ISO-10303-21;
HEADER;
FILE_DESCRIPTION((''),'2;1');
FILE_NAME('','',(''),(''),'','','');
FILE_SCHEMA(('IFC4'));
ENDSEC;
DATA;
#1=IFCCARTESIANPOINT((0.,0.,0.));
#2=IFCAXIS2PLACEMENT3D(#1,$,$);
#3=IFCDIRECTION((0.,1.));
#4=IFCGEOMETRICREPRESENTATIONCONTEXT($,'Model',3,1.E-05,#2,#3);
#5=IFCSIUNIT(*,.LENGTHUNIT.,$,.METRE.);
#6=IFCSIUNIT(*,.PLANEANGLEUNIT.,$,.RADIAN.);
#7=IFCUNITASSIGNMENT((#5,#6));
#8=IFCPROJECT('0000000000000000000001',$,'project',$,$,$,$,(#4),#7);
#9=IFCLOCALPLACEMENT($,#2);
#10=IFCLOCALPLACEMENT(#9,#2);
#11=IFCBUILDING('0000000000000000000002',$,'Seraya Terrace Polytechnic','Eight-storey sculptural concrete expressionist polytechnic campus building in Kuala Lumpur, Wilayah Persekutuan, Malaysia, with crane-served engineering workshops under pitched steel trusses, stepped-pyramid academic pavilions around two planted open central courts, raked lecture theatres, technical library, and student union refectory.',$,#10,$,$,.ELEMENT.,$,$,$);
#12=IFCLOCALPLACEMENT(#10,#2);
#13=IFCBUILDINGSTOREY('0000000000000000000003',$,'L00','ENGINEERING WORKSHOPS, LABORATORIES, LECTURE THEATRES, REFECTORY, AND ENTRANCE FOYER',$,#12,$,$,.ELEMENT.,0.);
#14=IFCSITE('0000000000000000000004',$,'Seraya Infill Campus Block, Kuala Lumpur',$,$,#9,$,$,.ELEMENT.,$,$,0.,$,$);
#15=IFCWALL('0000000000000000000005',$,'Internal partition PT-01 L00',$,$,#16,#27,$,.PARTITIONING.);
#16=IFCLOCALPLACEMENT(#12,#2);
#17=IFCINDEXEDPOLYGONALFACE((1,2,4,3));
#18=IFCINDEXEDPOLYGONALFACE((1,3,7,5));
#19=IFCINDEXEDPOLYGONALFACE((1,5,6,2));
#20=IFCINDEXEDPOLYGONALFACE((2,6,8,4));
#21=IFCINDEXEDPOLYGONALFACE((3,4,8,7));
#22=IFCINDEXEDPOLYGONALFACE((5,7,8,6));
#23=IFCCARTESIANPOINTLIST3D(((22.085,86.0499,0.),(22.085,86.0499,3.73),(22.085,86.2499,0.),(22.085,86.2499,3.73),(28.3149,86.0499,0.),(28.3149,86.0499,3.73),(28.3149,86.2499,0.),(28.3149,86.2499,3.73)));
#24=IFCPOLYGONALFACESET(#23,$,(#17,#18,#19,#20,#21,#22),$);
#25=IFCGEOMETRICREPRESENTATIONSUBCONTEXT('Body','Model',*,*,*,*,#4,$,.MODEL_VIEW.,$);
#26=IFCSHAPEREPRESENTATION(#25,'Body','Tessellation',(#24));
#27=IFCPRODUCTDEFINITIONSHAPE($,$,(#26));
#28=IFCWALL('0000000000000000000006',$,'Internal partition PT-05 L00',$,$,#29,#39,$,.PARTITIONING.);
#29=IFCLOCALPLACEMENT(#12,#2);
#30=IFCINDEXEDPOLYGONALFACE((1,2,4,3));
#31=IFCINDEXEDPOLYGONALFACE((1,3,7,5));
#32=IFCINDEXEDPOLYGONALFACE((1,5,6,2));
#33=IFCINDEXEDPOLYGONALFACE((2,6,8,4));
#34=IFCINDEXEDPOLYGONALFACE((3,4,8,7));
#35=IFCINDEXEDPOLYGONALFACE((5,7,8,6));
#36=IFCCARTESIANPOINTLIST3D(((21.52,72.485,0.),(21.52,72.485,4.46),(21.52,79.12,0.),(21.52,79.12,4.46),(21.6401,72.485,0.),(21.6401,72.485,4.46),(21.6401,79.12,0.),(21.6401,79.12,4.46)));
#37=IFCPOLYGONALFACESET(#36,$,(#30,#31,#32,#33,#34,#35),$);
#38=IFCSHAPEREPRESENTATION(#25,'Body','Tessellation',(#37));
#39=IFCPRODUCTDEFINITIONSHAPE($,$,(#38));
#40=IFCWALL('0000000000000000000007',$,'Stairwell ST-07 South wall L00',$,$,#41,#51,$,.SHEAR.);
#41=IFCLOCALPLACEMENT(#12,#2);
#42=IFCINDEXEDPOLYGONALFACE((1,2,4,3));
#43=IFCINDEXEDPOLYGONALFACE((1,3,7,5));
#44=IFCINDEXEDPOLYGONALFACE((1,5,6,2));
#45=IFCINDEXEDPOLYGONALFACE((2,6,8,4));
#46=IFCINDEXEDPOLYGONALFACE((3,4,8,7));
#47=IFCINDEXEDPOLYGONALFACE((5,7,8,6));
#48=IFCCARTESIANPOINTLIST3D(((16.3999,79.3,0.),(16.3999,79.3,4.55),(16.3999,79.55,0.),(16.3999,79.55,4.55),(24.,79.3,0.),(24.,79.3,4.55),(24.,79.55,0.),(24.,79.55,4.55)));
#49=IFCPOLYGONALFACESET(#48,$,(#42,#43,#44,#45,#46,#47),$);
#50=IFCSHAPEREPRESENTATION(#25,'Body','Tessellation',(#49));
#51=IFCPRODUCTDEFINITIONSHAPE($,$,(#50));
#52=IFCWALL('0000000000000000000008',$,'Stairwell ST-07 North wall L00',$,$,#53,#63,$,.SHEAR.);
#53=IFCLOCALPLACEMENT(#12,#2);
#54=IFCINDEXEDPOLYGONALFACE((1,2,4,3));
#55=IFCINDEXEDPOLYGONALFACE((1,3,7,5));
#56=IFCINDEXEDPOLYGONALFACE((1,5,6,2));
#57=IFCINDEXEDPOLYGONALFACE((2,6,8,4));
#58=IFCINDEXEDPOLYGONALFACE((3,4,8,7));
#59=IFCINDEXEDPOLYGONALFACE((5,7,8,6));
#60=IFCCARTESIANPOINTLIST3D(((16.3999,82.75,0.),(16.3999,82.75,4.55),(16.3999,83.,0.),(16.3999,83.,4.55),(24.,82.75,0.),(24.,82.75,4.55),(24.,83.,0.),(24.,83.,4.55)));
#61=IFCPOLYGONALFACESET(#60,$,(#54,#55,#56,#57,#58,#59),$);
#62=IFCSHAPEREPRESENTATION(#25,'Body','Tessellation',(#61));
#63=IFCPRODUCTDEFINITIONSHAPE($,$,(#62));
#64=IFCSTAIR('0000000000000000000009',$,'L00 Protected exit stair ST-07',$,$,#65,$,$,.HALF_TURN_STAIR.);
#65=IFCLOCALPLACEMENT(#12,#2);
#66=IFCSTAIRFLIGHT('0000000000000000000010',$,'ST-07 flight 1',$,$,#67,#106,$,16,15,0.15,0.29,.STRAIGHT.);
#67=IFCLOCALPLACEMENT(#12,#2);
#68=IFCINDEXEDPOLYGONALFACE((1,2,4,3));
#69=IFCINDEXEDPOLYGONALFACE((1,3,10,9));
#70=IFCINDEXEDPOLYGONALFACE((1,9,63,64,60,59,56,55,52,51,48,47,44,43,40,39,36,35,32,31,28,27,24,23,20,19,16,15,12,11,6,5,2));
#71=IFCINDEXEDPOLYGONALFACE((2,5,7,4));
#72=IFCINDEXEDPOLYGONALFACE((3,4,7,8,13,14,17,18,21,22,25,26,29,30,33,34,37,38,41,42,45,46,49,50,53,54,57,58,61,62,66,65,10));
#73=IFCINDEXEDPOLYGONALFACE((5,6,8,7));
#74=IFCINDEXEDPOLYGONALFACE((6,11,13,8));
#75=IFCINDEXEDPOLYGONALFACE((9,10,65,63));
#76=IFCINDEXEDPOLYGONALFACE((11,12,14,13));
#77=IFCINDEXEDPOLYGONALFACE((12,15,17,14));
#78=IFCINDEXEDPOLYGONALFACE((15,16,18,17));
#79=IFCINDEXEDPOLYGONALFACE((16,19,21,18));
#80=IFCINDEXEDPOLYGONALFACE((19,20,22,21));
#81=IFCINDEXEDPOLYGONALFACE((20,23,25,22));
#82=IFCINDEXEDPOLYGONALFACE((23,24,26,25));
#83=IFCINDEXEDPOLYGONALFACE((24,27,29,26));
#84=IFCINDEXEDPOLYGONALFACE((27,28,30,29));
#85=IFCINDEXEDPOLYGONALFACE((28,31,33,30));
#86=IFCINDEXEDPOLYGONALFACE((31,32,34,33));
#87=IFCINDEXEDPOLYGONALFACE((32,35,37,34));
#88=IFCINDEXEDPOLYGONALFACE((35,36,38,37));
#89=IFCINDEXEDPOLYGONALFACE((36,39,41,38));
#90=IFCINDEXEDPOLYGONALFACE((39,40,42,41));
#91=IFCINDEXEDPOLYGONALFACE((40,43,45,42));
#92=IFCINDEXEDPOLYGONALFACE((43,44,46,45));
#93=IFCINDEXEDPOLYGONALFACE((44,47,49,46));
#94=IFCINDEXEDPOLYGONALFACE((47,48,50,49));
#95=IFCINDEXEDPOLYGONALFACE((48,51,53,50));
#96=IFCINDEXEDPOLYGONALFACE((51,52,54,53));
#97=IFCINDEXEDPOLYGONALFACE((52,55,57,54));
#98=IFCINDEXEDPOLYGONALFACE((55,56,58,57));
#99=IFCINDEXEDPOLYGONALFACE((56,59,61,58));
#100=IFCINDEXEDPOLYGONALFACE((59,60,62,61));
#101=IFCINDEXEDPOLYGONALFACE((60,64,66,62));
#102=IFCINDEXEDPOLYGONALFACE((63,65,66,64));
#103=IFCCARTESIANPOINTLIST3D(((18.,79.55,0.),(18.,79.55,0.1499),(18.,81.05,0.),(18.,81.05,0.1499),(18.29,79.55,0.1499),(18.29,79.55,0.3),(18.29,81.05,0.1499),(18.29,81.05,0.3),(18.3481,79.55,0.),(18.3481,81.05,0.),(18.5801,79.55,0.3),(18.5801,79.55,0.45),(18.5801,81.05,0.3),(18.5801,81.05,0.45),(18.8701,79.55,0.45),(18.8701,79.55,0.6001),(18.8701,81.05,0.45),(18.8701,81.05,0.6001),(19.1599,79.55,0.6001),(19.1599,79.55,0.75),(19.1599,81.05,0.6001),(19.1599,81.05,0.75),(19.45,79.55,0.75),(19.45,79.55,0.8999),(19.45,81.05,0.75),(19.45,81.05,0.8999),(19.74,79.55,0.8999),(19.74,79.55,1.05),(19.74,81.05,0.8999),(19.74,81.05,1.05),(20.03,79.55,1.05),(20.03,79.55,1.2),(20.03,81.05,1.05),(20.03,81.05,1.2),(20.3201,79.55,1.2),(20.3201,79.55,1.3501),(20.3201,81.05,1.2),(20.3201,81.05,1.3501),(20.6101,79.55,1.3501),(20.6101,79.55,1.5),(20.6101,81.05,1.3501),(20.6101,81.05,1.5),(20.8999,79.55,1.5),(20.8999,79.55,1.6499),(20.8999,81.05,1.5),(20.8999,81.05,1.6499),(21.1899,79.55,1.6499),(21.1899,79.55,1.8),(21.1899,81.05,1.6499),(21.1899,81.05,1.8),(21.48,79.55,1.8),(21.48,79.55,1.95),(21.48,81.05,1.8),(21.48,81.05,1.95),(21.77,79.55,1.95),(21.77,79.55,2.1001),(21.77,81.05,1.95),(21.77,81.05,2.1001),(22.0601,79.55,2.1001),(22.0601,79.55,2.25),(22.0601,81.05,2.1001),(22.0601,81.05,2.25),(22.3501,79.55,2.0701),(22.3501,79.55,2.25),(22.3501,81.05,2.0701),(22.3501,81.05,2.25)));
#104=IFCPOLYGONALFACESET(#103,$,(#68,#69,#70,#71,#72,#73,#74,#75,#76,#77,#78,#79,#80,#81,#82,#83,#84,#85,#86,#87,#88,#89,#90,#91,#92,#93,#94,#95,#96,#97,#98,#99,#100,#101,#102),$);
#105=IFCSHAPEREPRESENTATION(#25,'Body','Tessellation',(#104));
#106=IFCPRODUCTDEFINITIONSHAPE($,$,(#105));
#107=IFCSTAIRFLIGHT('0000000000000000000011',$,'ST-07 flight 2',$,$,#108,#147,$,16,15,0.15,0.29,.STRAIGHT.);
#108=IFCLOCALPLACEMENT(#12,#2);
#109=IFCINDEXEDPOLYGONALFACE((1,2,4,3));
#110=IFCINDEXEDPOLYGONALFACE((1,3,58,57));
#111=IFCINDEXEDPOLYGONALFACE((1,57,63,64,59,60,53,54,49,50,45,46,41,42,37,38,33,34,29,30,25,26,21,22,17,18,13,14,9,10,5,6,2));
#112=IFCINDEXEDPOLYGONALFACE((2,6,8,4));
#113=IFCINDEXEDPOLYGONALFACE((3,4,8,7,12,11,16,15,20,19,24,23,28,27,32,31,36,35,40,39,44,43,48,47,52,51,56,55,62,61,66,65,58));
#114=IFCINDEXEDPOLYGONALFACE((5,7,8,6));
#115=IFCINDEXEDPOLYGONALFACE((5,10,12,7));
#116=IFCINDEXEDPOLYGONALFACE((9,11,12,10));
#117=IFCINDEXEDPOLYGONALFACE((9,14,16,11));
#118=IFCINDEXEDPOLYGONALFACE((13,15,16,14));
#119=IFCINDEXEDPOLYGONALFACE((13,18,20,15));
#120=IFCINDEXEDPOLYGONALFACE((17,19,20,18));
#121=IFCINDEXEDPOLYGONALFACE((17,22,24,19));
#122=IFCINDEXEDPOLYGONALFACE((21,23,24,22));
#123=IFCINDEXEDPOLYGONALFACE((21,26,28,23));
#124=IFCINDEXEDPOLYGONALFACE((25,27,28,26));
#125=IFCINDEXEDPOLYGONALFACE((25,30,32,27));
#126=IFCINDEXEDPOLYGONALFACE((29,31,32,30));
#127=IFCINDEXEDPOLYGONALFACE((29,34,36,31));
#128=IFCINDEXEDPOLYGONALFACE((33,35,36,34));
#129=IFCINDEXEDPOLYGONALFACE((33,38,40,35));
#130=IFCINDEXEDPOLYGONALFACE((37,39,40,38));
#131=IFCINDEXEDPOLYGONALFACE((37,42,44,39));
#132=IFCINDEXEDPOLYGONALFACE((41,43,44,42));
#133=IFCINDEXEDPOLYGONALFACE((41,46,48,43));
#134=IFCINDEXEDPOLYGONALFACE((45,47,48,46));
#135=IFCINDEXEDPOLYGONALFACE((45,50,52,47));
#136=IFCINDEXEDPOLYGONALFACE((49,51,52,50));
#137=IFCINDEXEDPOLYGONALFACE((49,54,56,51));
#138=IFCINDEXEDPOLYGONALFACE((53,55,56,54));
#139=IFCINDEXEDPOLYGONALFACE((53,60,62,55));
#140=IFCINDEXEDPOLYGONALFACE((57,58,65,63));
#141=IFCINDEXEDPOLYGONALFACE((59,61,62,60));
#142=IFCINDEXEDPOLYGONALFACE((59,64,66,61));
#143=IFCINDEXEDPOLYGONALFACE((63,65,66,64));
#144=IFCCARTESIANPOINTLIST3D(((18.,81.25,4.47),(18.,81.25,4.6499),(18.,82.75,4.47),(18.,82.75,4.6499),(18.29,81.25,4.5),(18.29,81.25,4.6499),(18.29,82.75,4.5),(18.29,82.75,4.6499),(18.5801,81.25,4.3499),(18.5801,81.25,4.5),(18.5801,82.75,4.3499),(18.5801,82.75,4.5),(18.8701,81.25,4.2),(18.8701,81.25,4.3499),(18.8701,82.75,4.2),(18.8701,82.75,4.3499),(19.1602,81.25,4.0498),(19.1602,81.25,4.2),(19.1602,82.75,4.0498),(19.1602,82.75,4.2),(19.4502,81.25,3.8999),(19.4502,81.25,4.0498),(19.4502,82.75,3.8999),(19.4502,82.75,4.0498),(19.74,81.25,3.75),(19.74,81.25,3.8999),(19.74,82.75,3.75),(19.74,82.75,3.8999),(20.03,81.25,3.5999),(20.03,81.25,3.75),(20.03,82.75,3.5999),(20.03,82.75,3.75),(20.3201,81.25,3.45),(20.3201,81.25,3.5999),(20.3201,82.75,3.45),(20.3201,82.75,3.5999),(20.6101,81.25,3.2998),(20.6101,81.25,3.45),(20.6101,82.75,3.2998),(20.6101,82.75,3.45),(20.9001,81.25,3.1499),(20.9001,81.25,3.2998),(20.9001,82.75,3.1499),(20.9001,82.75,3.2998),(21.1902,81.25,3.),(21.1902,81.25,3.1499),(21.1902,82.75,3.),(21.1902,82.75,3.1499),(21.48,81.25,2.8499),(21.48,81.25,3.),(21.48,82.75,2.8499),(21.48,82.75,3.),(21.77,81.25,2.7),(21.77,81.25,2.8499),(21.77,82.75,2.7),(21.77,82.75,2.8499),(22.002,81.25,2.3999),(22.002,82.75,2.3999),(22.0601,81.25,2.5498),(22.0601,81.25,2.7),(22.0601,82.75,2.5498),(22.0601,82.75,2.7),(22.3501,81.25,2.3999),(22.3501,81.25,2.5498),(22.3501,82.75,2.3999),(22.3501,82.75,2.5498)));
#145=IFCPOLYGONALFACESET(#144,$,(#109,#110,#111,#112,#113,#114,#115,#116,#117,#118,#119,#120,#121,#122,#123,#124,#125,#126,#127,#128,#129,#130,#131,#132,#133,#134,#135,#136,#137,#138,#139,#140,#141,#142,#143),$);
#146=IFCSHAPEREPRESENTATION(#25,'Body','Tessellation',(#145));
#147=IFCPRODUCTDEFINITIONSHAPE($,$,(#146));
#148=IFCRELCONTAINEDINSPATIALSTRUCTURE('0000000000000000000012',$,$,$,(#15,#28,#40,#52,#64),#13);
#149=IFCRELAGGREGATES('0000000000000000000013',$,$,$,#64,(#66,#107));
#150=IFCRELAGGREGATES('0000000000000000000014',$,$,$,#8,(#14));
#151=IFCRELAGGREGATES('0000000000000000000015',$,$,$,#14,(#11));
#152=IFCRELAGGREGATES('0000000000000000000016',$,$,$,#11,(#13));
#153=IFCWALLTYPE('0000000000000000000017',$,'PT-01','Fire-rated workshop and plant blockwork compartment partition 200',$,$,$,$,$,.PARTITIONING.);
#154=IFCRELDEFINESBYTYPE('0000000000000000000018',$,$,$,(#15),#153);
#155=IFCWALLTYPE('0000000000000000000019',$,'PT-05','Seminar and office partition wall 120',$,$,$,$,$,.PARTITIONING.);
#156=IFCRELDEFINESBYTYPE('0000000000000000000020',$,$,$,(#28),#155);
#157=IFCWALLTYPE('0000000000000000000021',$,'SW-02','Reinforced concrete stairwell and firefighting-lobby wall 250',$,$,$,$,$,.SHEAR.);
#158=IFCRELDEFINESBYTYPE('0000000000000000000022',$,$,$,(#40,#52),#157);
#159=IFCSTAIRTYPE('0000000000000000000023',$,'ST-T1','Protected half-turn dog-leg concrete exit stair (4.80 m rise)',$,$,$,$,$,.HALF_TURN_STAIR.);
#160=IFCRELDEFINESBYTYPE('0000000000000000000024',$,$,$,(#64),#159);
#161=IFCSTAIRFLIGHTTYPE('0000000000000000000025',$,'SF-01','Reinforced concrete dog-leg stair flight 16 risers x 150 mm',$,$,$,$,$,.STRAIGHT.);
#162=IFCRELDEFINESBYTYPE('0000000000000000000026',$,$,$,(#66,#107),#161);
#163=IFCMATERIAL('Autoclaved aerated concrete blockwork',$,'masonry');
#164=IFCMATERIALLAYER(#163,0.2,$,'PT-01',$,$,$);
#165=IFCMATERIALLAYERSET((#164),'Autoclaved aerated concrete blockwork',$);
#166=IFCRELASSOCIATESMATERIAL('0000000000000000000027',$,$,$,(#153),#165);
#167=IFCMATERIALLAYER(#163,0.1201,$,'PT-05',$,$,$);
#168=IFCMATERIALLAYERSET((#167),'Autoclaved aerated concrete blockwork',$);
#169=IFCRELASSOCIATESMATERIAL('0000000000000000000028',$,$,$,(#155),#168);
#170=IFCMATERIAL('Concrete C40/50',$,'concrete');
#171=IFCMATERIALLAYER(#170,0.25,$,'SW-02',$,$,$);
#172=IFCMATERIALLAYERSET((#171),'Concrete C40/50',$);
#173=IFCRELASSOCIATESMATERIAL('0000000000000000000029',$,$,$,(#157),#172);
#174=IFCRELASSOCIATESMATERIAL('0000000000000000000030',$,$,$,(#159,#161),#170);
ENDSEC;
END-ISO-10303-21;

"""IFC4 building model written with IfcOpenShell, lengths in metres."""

from ifc_helpers import new_model, si_unit, direction, frame, frame_2d, origin, place, context, subcontext, project, spatial, polyline, rectangle, outline, extrude, material, layer, layer_set, type_object, element, aggregate, save


model = new_model("IFC4")

# Units and contexts
model_context = context("Model", 3, precision=1e-05, world=origin(), true_north=direction((0.0, 1.0)))
body_context = subcontext(model_context, "Body", "Model", "MODEL_VIEW")
ifc_project = project(units=[si_unit("LENGTHUNIT", "METRE"), si_unit("PLANEANGLEUNIT", "RADIAN")], contexts=[model_context])

# Site, building, storey
site_placement = place(None, origin())
site = spatial("IfcSite", under=ifc_project, at=site_placement, Name="Seraya Infill Campus Block, Kuala Lumpur", CompositionType="ELEMENT", RefElevation=0.0)
building_placement = place(site_placement, origin())
building = spatial("IfcBuilding", under=site, at=building_placement, Name="Seraya Terrace Polytechnic", Description="Eight-storey sculptural concrete expressionist polytechnic campus building in Kuala Lumpur, Wilayah Persekutuan, Malaysia, with crane-served engineering workshops under pitched steel trusses, stepped-pyramid academic pavilions around two planted open central courts, raked lecture theatres, technical library, and student union refectory.", CompositionType="ELEMENT")
storey_placement = place(building_placement, origin())
storey = spatial("IfcBuildingStorey", under=building, at=storey_placement, Name="L00", Description="ENGINEERING WORKSHOPS, LABORATORIES, LECTURE THEATRES, REFECTORY, AND ENTRANCE FOYER", CompositionType="ELEMENT", Elevation=0.0)

# Shared definitions
ifc_material_1 = material(Name="Concrete C40/50", Category="concrete")

# Walls
ifc_material_2 = material(Name="Autoclaved aerated concrete blockwork", Category="masonry")
ifc_layer_1 = layer(ifc_material_2, 0.2, Name="PT-01")
ifc_layer_set_1 = layer_set([ifc_layer_1], Name="Autoclaved aerated concrete blockwork")
wall_type_1 = type_object("IfcWallType", Name="PT-01", Description="Fire-rated workshop and plant blockwork compartment partition 200", PredefinedType="PARTITIONING", material=ifc_layer_set_1)
wall_1_placement = place(storey_placement, frame((22.085, 86.1499, 0.0), z_axis=(0.0, 0.0, 1.0), x_axis=(1.0, 0.0, 0.0)))
element("IfcWall", 1, at=wall_1_placement, inside=storey, type_object=wall_type_1, Name="Internal partition PT-01 L00", PredefinedType="PARTITIONING", context=body_context, shape_type="SweptSolid", body=[
    extrude(rectangle(XDim=6.23, YDim=0.2, at=frame_2d((3.115, 0.0))), origin(), (0.0, 0.0, 1.0), 3.73),
])
ifc_layer_2 = layer(ifc_material_2, 0.1201, Name="PT-05")
ifc_layer_set_2 = layer_set([ifc_layer_2], Name="Autoclaved aerated concrete blockwork")
wall_type_2 = type_object("IfcWallType", Name="PT-05", Description="Seminar and office partition wall 120", PredefinedType="PARTITIONING", material=ifc_layer_set_2)
wall_2_placement = place(storey_placement, frame((21.5801, 72.4851, 0.0), z_axis=(0.0, 0.0, 1.0), x_axis=(0.0, 1.0, 0.0)))
element("IfcWall", 2, at=wall_2_placement, inside=storey, type_object=wall_type_2, Name="Internal partition PT-05 L00", PredefinedType="PARTITIONING", context=body_context, shape_type="SweptSolid", body=[
    extrude(rectangle(XDim=6.635, YDim=0.1201, at=frame_2d((3.3174, 0.0))), origin(), (0.0, 0.0, 1.0), 4.46),
])

# Shared definitions
ifc_layer_3 = layer(ifc_material_1, 0.25, Name="SW-02")
ifc_layer_set_3 = layer_set([ifc_layer_3], Name="Concrete C40/50")
wall_type_3 = type_object("IfcWallType", Name="SW-02", Description="Reinforced concrete stairwell and firefighting-lobby wall 250", PredefinedType="SHEAR", material=ifc_layer_set_3)

# Walls
for number, where, z_axis, x_axis, name in (
    (3, (16.3999, 79.425, 0.0), (0.0, 0.0, 1.0), (1.0, 0.0, 0.0), "Stairwell ST-07 South wall L00"),
    (4, (16.3999, 82.875, 0.0), (0.0, 0.0, 1.0), (1.0, 0.0, 0.0), "Stairwell ST-07 North wall L00"),
):
    element("IfcWall", number, at=place(storey_placement, frame(where, z_axis=z_axis, x_axis=x_axis)), inside=storey, type_object=wall_type_3, Name=name, PredefinedType="SHEAR", context=body_context, shape_type="SweptSolid", body=[
        extrude(rectangle(XDim=7.6001, YDim=0.25, at=frame_2d((3.8, 0.0))), origin(), (0.0, 0.0, 1.0), 4.55),
    ])

# Stair, stair flights
stair_type = type_object("IfcStairType", Name="ST-T1", Description="Protected half-turn dog-leg concrete exit stair (4.80 m rise)", PredefinedType="HALF_TURN_STAIR", material=ifc_material_1)
stair_placement = place(storey_placement, origin())
stair = element("IfcStair", 5, at=stair_placement, inside=storey, type_object=stair_type, Name="L00 Protected exit stair ST-07", PredefinedType="HALF_TURN_STAIR")
stair_flight_type = type_object("IfcStairFlightType", Name="SF-01", Description="Reinforced concrete dog-leg stair flight 16 risers x 150 mm", PredefinedType="STRAIGHT", material=ifc_material_1)
stair_flight_1_placement = place(storey_placement, frame((18.0, 80.3, 0.0), z_axis=(0.0, 0.0, 1.0), x_axis=(1.0, 0.0, 0.0)))
stair_flight_1 = element("IfcStairFlight", 6, at=stair_flight_1_placement, type_object=stair_flight_type, Name="ST-07 flight 1", NumberOfRisers=16, NumberOfTreads=15, PredefinedType="STRAIGHT", RiserHeight=0.15, TreadLength=0.29, context=body_context, shape_type="SweptSolid", body=[
    extrude(outline(polyline([(0.0, 0.0), (0.0, 0.1499), (0.29, 0.1499), (0.29, 0.3), (0.5801, 0.3), (0.5801, 0.45), (0.8701, 0.45), (0.8701, 0.6001), (1.1599, 0.6001), (1.1599, 0.75), (1.45, 0.75), (1.45, 0.8999), (1.74, 0.8999), (1.74, 1.05), (2.03, 1.05), (2.03, 1.2), (2.3201, 1.2), (2.3201, 1.3501), (2.6101, 1.3501), (2.6101, 1.5), (2.8999, 1.5), (2.8999, 1.6499), (3.1899, 1.6499), (3.1899, 1.8), (3.48, 1.8), (3.48, 1.95), (3.77, 1.95), (3.77, 2.1001), (4.0601, 2.1001), (4.0601, 2.25), (4.3501, 2.25), (4.3501, 2.3999), (4.3501, 2.0701), (0.3481, 0.0), (0.0, 0.0)])), frame((0.0, 0.75, 0.0), z_axis=(0.0, -1.0, 0.0), x_axis=(1.0, 0.0, 0.0)), (0.0, 0.0, 1.0), 1.5),
])
stair_flight_2_placement = place(storey_placement, frame((22.3501, 82.0, 2.3999), z_axis=(0.0, 0.0, 1.0), x_axis=(-1.0, 0.0, 0.0)))
stair_flight_2 = element("IfcStairFlight", 7, at=stair_flight_2_placement, type_object=stair_flight_type, Name="ST-07 flight 2", NumberOfRisers=16, NumberOfTreads=15, PredefinedType="STRAIGHT", RiserHeight=0.15, TreadLength=0.29, context=body_context, shape_type="SweptSolid", body=[
    extrude(outline(polyline([(0.0, 0.0), (0.0, 0.1499), (0.29, 0.1499), (0.29, 0.3), (0.5801, 0.3), (0.5801, 0.45), (0.8701, 0.45), (0.8701, 0.6001), (1.1599, 0.6001), (1.1599, 0.75), (1.45, 0.75), (1.45, 0.8999), (1.74, 0.8999), (1.74, 1.05), (2.03, 1.05), (2.03, 1.2), (2.3201, 1.2), (2.3201, 1.3501), (2.6101, 1.3501), (2.6101, 1.5), (2.8999, 1.5), (2.8999, 1.6499), (3.1899, 1.6499), (3.1899, 1.8), (3.48, 1.8), (3.48, 1.95), (3.77, 1.95), (3.77, 2.1001), (4.0601, 2.1001), (4.0601, 2.25), (4.3501, 2.25), (4.3501, 2.3999), (4.3501, 2.0701), (0.3481, 0.0), (0.0, 0.0)])), frame((0.0, 0.75, 0.0), z_axis=(0.0, -1.0, 0.0), x_axis=(1.0, 0.0, 0.0)), (0.0, 0.0, 1.0), 1.5),
])
aggregate(stair, [stair_flight_1, stair_flight_2])

save(model, "model.ifc")
